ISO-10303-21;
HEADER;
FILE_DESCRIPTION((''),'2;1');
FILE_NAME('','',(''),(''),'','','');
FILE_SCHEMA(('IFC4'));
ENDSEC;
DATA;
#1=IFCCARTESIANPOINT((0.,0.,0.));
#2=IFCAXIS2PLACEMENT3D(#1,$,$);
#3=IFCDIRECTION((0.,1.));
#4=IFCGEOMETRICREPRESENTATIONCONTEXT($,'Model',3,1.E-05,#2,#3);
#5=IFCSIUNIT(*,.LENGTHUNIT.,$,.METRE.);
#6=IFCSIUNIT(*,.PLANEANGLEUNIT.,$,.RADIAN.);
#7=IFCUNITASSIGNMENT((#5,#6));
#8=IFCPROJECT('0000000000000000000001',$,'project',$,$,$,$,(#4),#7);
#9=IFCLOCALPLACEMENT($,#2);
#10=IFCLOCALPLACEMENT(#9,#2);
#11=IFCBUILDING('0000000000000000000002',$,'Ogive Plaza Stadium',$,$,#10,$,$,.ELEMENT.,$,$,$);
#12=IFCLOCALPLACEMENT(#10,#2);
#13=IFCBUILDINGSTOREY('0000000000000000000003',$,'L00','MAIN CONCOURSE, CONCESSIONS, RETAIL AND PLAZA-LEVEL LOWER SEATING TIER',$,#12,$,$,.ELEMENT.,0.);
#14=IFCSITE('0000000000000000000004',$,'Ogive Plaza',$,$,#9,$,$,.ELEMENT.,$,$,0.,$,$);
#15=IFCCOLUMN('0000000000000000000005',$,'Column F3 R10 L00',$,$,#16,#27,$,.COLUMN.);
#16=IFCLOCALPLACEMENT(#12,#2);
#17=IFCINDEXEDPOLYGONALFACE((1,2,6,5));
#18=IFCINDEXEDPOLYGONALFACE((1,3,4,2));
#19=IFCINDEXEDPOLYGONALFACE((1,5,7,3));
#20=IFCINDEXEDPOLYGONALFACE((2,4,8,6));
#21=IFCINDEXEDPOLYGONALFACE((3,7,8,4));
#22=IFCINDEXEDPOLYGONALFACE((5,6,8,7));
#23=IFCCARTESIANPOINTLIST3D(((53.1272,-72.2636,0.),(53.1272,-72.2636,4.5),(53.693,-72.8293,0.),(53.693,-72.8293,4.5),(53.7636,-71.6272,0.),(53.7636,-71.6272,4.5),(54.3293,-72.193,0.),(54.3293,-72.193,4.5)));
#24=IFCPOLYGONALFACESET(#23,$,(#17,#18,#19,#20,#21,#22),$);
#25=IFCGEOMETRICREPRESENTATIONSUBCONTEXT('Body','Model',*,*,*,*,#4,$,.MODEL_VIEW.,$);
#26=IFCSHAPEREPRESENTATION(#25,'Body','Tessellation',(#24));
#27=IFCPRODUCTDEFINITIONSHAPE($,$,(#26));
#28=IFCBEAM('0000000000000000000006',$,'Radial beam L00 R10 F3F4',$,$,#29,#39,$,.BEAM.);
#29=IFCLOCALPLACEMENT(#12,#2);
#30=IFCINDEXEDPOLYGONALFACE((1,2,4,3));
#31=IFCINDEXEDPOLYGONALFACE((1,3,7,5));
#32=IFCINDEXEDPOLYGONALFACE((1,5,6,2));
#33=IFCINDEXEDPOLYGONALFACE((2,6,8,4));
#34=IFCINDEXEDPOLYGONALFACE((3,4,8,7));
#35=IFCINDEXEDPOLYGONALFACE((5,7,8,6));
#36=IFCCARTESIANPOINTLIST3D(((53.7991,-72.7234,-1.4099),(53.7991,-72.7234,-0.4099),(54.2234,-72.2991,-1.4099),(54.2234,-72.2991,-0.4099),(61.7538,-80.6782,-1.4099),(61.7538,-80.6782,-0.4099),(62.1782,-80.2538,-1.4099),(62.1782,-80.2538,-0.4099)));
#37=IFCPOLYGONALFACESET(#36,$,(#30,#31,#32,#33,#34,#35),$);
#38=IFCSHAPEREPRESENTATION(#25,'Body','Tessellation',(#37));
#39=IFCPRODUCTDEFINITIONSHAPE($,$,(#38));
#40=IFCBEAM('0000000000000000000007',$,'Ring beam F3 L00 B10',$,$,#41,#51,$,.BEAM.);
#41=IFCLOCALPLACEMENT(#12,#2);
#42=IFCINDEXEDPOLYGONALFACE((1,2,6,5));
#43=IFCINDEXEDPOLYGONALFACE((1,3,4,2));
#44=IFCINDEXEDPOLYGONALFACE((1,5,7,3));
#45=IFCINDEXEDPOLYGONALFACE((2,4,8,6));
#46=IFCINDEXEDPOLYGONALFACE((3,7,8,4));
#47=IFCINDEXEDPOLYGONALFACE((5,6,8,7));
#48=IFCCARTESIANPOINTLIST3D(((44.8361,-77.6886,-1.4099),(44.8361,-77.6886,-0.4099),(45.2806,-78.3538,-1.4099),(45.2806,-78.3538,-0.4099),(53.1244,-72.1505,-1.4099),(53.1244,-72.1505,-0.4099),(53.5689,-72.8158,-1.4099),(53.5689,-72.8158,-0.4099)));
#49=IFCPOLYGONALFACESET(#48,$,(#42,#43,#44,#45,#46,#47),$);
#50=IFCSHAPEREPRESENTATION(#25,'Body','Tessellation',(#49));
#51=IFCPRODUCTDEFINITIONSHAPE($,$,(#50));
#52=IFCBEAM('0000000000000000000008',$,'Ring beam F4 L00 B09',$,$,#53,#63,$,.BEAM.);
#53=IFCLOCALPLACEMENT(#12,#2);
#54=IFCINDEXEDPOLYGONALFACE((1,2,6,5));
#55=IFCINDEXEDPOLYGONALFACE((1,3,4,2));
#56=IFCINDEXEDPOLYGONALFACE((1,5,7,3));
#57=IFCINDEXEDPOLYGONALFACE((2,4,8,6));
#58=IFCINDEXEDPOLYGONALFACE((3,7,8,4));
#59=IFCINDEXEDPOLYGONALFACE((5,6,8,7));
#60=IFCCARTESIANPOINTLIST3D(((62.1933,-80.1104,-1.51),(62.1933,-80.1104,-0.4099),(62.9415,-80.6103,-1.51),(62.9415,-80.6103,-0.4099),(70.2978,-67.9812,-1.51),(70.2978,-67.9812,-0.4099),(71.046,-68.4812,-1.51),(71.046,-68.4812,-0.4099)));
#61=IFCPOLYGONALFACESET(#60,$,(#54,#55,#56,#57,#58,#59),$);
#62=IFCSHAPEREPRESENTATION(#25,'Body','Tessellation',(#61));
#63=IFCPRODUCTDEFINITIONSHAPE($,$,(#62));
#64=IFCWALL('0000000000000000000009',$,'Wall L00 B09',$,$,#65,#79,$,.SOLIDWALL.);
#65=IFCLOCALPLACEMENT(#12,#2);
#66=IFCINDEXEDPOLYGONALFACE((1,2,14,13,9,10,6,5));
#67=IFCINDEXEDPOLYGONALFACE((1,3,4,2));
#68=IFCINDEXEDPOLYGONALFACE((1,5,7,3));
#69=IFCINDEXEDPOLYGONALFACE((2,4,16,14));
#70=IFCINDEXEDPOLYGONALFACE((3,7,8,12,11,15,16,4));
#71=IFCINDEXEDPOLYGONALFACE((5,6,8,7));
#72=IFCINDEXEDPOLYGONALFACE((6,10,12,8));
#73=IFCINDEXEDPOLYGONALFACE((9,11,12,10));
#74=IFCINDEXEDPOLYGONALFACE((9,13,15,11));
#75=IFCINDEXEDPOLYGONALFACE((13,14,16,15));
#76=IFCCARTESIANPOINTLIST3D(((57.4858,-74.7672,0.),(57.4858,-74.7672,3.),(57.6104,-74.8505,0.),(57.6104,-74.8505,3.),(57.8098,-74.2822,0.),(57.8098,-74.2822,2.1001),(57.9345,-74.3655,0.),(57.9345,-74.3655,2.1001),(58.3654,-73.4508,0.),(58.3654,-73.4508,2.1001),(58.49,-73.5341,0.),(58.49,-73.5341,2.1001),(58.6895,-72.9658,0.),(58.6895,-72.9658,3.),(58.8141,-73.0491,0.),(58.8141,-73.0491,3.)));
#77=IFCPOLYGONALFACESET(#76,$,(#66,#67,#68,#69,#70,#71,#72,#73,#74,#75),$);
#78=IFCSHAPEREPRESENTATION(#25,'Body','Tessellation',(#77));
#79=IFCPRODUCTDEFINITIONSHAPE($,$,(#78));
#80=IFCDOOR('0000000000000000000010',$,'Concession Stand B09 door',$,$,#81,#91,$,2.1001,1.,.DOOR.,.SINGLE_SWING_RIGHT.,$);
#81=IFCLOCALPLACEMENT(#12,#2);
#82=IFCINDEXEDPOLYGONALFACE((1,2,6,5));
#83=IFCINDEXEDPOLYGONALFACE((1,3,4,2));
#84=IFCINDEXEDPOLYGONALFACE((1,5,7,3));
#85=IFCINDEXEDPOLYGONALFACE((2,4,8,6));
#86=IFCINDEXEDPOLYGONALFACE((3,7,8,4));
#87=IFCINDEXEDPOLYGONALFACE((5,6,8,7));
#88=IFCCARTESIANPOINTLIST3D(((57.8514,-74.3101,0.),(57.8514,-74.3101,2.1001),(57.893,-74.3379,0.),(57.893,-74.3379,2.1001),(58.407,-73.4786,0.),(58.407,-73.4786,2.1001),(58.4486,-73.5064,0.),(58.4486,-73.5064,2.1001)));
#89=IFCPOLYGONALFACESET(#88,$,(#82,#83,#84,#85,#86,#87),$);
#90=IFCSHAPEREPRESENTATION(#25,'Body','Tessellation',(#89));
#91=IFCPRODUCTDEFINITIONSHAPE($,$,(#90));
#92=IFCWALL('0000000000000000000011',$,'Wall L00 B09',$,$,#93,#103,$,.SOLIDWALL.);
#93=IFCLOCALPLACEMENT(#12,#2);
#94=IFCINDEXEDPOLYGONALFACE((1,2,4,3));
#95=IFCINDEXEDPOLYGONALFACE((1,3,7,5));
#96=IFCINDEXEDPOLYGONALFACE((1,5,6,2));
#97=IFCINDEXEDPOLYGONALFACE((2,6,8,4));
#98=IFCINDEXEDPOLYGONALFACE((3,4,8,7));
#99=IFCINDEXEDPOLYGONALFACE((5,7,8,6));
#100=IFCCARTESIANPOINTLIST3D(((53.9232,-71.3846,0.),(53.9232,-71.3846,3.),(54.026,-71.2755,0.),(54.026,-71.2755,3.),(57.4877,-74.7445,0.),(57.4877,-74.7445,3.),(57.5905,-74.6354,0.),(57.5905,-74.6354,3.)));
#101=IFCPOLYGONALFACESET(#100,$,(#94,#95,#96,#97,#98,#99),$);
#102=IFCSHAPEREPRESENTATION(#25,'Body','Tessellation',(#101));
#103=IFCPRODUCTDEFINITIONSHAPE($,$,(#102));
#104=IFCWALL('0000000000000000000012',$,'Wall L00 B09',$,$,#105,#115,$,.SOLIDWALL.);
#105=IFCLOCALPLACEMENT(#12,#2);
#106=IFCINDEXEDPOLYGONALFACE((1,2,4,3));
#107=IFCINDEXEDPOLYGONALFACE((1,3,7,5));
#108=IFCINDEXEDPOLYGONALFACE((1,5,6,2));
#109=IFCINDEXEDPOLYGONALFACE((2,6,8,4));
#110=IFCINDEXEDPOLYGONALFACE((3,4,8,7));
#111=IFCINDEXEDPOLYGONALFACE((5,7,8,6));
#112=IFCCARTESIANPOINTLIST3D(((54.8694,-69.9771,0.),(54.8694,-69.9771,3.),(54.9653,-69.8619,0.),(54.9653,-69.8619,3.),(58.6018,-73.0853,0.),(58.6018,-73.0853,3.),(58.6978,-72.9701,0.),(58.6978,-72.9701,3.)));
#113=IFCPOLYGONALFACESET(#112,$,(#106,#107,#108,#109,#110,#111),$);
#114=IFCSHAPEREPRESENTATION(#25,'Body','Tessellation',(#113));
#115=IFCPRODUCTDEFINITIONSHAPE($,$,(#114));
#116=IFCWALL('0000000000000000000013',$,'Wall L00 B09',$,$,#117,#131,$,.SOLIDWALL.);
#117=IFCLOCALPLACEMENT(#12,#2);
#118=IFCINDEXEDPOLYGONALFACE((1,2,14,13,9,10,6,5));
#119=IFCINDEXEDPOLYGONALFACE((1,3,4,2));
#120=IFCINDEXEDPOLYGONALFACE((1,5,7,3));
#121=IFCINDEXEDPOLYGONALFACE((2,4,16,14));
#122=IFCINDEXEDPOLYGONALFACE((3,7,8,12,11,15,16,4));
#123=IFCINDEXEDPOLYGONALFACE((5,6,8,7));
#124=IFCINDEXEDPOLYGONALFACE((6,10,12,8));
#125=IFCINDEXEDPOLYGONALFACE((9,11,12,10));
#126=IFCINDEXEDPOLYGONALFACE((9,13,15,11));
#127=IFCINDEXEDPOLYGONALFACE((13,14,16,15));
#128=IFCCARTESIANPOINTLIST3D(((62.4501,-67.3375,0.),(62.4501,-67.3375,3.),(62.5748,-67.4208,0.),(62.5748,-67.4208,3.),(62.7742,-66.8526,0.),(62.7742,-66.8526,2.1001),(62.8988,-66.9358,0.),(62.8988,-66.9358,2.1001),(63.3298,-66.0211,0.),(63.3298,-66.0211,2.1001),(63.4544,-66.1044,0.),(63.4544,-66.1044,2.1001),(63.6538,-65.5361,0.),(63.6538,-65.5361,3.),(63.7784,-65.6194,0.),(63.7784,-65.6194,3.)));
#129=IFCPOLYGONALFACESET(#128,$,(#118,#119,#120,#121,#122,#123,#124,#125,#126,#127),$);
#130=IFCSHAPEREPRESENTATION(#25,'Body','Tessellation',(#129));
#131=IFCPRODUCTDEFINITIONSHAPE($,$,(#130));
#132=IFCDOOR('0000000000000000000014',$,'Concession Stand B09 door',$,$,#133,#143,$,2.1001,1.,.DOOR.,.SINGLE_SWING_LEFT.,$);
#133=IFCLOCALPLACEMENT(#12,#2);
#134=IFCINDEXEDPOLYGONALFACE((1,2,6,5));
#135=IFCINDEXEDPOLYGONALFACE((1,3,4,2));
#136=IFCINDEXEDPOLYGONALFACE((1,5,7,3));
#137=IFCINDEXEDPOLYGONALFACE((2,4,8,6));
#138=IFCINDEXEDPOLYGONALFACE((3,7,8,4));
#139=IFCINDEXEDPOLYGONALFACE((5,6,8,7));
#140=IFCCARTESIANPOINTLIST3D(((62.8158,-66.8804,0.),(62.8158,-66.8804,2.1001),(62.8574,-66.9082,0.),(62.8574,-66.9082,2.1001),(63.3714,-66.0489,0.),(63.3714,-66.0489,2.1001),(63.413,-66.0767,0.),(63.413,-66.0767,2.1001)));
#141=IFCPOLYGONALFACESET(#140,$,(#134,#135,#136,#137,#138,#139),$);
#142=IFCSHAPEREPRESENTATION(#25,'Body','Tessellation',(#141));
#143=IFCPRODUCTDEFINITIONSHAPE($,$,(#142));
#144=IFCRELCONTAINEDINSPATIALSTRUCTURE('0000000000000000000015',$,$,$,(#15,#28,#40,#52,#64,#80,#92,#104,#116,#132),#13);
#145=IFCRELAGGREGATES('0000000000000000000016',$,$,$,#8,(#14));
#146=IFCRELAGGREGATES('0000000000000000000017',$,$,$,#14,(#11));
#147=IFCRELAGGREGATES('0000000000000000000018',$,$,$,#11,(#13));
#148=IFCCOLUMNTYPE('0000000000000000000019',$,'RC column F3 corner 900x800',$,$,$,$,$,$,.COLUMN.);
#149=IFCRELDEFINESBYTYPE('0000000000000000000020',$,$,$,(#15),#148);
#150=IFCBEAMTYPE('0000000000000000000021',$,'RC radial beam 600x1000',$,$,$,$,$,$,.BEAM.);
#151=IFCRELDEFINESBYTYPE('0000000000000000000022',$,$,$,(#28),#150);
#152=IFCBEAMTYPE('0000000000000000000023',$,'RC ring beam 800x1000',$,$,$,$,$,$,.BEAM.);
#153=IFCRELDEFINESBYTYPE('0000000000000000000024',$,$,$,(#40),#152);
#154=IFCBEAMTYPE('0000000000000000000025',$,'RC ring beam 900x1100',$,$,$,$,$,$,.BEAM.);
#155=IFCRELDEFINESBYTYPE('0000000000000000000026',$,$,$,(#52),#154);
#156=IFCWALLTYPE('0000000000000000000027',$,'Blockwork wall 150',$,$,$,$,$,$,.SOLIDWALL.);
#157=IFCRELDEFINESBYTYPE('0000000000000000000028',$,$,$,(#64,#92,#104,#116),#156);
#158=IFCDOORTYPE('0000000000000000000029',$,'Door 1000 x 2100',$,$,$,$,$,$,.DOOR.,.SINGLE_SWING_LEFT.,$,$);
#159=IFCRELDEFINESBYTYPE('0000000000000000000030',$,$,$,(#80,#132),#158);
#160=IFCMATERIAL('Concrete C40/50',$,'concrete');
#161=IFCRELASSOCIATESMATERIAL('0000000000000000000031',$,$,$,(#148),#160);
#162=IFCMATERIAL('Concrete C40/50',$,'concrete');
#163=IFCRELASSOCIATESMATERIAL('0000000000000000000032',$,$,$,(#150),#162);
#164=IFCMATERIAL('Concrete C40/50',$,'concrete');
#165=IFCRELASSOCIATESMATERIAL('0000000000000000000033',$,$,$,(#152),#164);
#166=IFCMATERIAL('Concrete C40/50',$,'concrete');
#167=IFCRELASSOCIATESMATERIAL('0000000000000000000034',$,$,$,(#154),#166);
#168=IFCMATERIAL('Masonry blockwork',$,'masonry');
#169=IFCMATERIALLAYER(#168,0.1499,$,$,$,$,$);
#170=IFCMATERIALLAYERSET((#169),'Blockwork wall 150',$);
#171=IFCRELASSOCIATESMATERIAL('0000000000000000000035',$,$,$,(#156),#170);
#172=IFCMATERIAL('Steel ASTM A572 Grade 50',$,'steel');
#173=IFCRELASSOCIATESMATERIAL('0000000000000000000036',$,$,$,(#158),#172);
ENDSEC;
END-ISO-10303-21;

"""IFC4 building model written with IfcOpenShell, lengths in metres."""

from ifc_helpers import new_model, si_unit, direction, frame, frame_2d, origin, origin_2d, place, context, subcontext, project, spatial, rectangle, extrude, material, layer, layer_set, material_profile, profile_set, type_object, element, fill, save


model = new_model("IFC4")

# Units and contexts
model_context = context("Model", 3, precision=1e-05, world=origin(), true_north=direction((0.0, 1.0)))
body_context = subcontext(model_context, "Body", "Model", "MODEL_VIEW")
ifc_project = project(units=[si_unit("LENGTHUNIT", "METRE"), si_unit("PLANEANGLEUNIT", "RADIAN")], contexts=[model_context])

# Site, building, storey
site_placement = place(None, origin())
site = spatial("IfcSite", under=ifc_project, at=site_placement, Name="Ogive Plaza", CompositionType="ELEMENT", RefElevation=0.0)
building_placement = place(site_placement, origin())
building = spatial("IfcBuilding", under=site, at=building_placement, Name="Ogive Plaza Stadium", CompositionType="ELEMENT")
storey_placement = place(building_placement, origin())
storey = spatial("IfcBuildingStorey", under=building, at=storey_placement, Name="L00", Description="MAIN CONCOURSE, CONCESSIONS, RETAIL AND PLAZA-LEVEL LOWER SEATING TIER", CompositionType="ELEMENT", Elevation=0.0)

# Column
ifc_material_1 = material(Name="Concrete C40/50", Category="concrete")
ifc_material_profile_1 = material_profile(ifc_material_1, rectangle(XDim=0.8999, YDim=0.8, at=origin_2d()), Name="RC 900x800")
ifc_profile_set_1 = profile_set([ifc_material_profile_1], Name="Concrete C40/50")
column_type = type_object("IfcColumnType", Name="RC column F3 corner 900x800", PredefinedType="COLUMN", material=ifc_profile_set_1)
column_placement = place(storey_placement, frame((53.7283, -72.2283, 0.0), z_axis=(0.0, 0.0, 1.0), x_axis=(0.707107, 0.707107, 0.0)))
element("IfcColumn", 1, at=column_placement, inside=storey, type_object=column_type, Name="Column F3 R10 L00", PredefinedType="COLUMN", context=body_context, shape_type="SweptSolid", body=[
    extrude(rectangle(XDim=0.8999, YDim=0.8, at=origin_2d()), origin(), (0.0, 0.0, 1.0), 4.5),
])

# Beams
ifc_material_2 = material(Name="Concrete C40/50", Category="concrete")
ifc_material_profile_2 = material_profile(ifc_material_2, rectangle(XDim=0.6001, YDim=1.0, at=origin_2d()), Name="RC 600x1000")
ifc_profile_set_2 = profile_set([ifc_material_profile_2], Name="Concrete C40/50")
beam_type_1 = type_object("IfcBeamType", Name="RC radial beam 600x1000", PredefinedType="BEAM", material=ifc_profile_set_2)
beam_1_placement = place(storey_placement, frame((54.0112, -72.5112, -0.9099), z_axis=(0.707107, -0.707107, 0.0), x_axis=(0.707107, 0.707107, 0.0)))
element("IfcBeam", 2, at=beam_1_placement, inside=storey, type_object=beam_type_1, Name="Radial beam L00 R10 F3F4", PredefinedType="BEAM", context=body_context, shape_type="SweptSolid", body=[
    extrude(rectangle(XDim=0.6001, YDim=1.0, at=origin_2d()), origin(), (0.0, 0.0, 1.0), 11.2498),
])
ifc_material_3 = material(Name="Concrete C40/50", Category="concrete")
ifc_material_profile_3 = material_profile(ifc_material_3, rectangle(XDim=0.8, YDim=1.0, at=origin_2d()), Name="RC 800x1000")
ifc_profile_set_3 = profile_set([ifc_material_profile_3], Name="Concrete C40/50")
beam_type_2 = type_object("IfcBeamType", Name="RC ring beam 800x1000", PredefinedType="BEAM", material=ifc_profile_set_3)
beam_2_placement = place(storey_placement, frame((53.3467, -72.4832, -0.9099), z_axis=(-0.83147, -0.55557, 0.0), x_axis=(0.55557, -0.83147, 0.0)))
element("IfcBeam", 3, at=beam_2_placement, inside=storey, type_object=beam_type_2, Name="Ring beam F3 L00 B10", PredefinedType="BEAM", context=body_context, shape_type="SweptSolid", body=[
    extrude(rectangle(XDim=0.8, YDim=1.0, at=origin_2d()), origin(), (0.0, 0.0, 1.0), 9.9683),
])
ifc_material_4 = material(Name="Concrete C40/50", Category="concrete")
ifc_material_profile_4 = material_profile(ifc_material_4, rectangle(XDim=0.8999, YDim=1.1001, at=origin_2d()), Name="RC 900x1100")
ifc_profile_set_4 = profile_set([ifc_material_profile_4], Name="Concrete C40/50")
beam_type_3 = type_object("IfcBeamType", Name="RC ring beam 900x1100", PredefinedType="BEAM", material=ifc_profile_set_4)
beam_3_placement = place(storey_placement, frame((70.6719, -68.2312, -0.96), z_axis=(-0.555573, -0.831468, 0.0), x_axis=(0.831468, -0.555573, 0.0)))
element("IfcBeam", 4, at=beam_3_placement, inside=storey, type_object=beam_type_3, Name="Ring beam F4 L00 B09", PredefinedType="BEAM", context=body_context, shape_type="SweptSolid", body=[
    extrude(rectangle(XDim=0.8999, YDim=1.1001, at=origin_2d()), origin(), (0.0, 0.0, 1.0), 14.5876),
])

# Wall, opening, door
ifc_material_5 = material(Name="Masonry blockwork", Category="masonry")
ifc_layer_1 = layer(ifc_material_5, 0.1499)
ifc_layer_set_1 = layer_set([ifc_layer_1], Name="Blockwork wall 150")
wall_type_1 = type_object("IfcWallType", Name="Blockwork wall 150", PredefinedType="SOLIDWALL", material=ifc_layer_set_1)
wall_1_placement = place(storey_placement, frame((57.5481, -74.8088, 0.0), z_axis=(0.0, 0.0, 1.0), x_axis=(0.555584, 0.83146, 0.0)))
wall_1 = element("IfcWall", 5, at=wall_1_placement, inside=storey, type_object=wall_type_1, Name="Wall L00 B09", PredefinedType="SOLIDWALL", context=body_context, shape_type="SweptSolid", body=[
    extrude(rectangle(XDim=2.1665, YDim=0.1499, at=frame_2d((1.0833, 0.0))), origin(), (0.0, 0.0, 1.0), 3.0),
])
opening_1_placement = place(wall_1_placement, frame((0.5833, 0.0, 0.0)))
opening_1 = element("IfcOpeningElement", 6, at=opening_1_placement, cuts=wall_1, PredefinedType="OPENING", context=body_context, shape_type="SweptSolid", body=[
    extrude(rectangle(XDim=1.0, YDim=2.1001, at=frame_2d((0.5, 1.05))), frame((0.0, 0.075, 0.0), z_axis=(0.0, -1.0, 0.0), x_axis=(1.0, 0.0, 0.0)), (0.0, 0.0, 1.0), 0.1499),
])
ifc_material_6 = material(Name="Steel ASTM A572 Grade 50", Category="steel")
door_type_1 = type_object("IfcDoorType", Name="Door 1000 x 2100", OperationType="SINGLE_SWING_LEFT", PredefinedType="DOOR", material=ifc_material_6)
door_1_placement = place(opening_1_placement, origin())
door_1 = element("IfcDoor", 7, at=door_1_placement, inside=storey, type_object=door_type_1, Name="Concession Stand B09 door", OperationType="SINGLE_SWING_RIGHT", OverallHeight=2.1001, OverallWidth=1.0, PredefinedType="DOOR", context=body_context, shape_type="SweptSolid", body=[
    extrude(rectangle(XDim=1.0, YDim=2.1001, at=frame_2d((0.5, 1.05))), frame((0.0, 0.0249, 0.0), z_axis=(0.0, -1.0, 0.0), x_axis=(1.0, 0.0, 0.0)), (0.0, 0.0, 1.0), 0.05),
])
fill(opening_1, door_1)

# Walls
wall_2_placement = place(storey_placement, frame((53.9746, -71.3301, 0.0), z_axis=(0.0, 0.0, 1.0), x_axis=(0.727682, -0.685915, 0.0)))
element("IfcWall", 8, at=wall_2_placement, inside=storey, type_object=wall_type_1, Name="Wall L00 B09", PredefinedType="SOLIDWALL", context=body_context, shape_type="SweptSolid", body=[
    extrude(rectangle(XDim=4.8984, YDim=0.1499, at=frame_2d((2.4492, 0.0))), origin(), (0.0, 0.0, 1.0), 3.0),
])
wall_3_placement = place(storey_placement, frame((54.9172, -69.9194, 0.0), z_axis=(0.0, 0.0, 1.0), x_axis=(0.768444, -0.639917, 0.0)))
element("IfcWall", 9, at=wall_3_placement, inside=storey, type_object=wall_type_1, Name="Wall L00 B09", PredefinedType="SOLIDWALL", context=body_context, shape_type="SweptSolid", body=[
    extrude(rectangle(XDim=4.8572, YDim=0.1499, at=frame_2d((2.4287, 0.0))), origin(), (0.0, 0.0, 1.0), 3.0),
])

# Wall, opening, door
wall_4_placement = place(storey_placement, frame((62.5125, -67.3792, 0.0), z_axis=(0.0, 0.0, 1.0), x_axis=(0.555584, 0.83146, 0.0)))
wall_4 = element("IfcWall", 10, at=wall_4_placement, inside=storey, type_object=wall_type_1, Name="Wall L00 B09", PredefinedType="SOLIDWALL", context=body_context, shape_type="SweptSolid", body=[
    extrude(rectangle(XDim=2.1665, YDim=0.1499, at=frame_2d((1.0833, 0.0))), origin(), (0.0, 0.0, 1.0), 3.0),
])
opening_2_placement = place(wall_4_placement, frame((0.5833, 0.0, 0.0)))
opening_2 = element("IfcOpeningElement", 11, at=opening_2_placement, cuts=wall_4, PredefinedType="OPENING", context=body_context, shape_type="SweptSolid", body=[
    extrude(rectangle(XDim=1.0, YDim=2.1001, at=frame_2d((0.5, 1.05))), frame((0.0, 0.075, 0.0), z_axis=(0.0, -1.0, 0.0), x_axis=(1.0, 0.0, 0.0)), (0.0, 0.0, 1.0), 0.1499),
])
door_2_placement = place(opening_2_placement, origin())
door_2 = element("IfcDoor", 12, at=door_2_placement, inside=storey, type_object=door_type_1, Name="Concession Stand B09 door", OperationType="SINGLE_SWING_LEFT", OverallHeight=2.1001, OverallWidth=1.0, PredefinedType="DOOR", context=body_context, shape_type="SweptSolid", body=[
    extrude(rectangle(XDim=1.0, YDim=2.1001, at=frame_2d((0.5, 1.05))), frame((0.0, 0.0249, 0.0), z_axis=(0.0, -1.0, 0.0), x_axis=(1.0, 0.0, 0.0)), (0.0, 0.0, 1.0), 0.05),
])
fill(opening_2, door_2)

save(model, "model.ifc")
